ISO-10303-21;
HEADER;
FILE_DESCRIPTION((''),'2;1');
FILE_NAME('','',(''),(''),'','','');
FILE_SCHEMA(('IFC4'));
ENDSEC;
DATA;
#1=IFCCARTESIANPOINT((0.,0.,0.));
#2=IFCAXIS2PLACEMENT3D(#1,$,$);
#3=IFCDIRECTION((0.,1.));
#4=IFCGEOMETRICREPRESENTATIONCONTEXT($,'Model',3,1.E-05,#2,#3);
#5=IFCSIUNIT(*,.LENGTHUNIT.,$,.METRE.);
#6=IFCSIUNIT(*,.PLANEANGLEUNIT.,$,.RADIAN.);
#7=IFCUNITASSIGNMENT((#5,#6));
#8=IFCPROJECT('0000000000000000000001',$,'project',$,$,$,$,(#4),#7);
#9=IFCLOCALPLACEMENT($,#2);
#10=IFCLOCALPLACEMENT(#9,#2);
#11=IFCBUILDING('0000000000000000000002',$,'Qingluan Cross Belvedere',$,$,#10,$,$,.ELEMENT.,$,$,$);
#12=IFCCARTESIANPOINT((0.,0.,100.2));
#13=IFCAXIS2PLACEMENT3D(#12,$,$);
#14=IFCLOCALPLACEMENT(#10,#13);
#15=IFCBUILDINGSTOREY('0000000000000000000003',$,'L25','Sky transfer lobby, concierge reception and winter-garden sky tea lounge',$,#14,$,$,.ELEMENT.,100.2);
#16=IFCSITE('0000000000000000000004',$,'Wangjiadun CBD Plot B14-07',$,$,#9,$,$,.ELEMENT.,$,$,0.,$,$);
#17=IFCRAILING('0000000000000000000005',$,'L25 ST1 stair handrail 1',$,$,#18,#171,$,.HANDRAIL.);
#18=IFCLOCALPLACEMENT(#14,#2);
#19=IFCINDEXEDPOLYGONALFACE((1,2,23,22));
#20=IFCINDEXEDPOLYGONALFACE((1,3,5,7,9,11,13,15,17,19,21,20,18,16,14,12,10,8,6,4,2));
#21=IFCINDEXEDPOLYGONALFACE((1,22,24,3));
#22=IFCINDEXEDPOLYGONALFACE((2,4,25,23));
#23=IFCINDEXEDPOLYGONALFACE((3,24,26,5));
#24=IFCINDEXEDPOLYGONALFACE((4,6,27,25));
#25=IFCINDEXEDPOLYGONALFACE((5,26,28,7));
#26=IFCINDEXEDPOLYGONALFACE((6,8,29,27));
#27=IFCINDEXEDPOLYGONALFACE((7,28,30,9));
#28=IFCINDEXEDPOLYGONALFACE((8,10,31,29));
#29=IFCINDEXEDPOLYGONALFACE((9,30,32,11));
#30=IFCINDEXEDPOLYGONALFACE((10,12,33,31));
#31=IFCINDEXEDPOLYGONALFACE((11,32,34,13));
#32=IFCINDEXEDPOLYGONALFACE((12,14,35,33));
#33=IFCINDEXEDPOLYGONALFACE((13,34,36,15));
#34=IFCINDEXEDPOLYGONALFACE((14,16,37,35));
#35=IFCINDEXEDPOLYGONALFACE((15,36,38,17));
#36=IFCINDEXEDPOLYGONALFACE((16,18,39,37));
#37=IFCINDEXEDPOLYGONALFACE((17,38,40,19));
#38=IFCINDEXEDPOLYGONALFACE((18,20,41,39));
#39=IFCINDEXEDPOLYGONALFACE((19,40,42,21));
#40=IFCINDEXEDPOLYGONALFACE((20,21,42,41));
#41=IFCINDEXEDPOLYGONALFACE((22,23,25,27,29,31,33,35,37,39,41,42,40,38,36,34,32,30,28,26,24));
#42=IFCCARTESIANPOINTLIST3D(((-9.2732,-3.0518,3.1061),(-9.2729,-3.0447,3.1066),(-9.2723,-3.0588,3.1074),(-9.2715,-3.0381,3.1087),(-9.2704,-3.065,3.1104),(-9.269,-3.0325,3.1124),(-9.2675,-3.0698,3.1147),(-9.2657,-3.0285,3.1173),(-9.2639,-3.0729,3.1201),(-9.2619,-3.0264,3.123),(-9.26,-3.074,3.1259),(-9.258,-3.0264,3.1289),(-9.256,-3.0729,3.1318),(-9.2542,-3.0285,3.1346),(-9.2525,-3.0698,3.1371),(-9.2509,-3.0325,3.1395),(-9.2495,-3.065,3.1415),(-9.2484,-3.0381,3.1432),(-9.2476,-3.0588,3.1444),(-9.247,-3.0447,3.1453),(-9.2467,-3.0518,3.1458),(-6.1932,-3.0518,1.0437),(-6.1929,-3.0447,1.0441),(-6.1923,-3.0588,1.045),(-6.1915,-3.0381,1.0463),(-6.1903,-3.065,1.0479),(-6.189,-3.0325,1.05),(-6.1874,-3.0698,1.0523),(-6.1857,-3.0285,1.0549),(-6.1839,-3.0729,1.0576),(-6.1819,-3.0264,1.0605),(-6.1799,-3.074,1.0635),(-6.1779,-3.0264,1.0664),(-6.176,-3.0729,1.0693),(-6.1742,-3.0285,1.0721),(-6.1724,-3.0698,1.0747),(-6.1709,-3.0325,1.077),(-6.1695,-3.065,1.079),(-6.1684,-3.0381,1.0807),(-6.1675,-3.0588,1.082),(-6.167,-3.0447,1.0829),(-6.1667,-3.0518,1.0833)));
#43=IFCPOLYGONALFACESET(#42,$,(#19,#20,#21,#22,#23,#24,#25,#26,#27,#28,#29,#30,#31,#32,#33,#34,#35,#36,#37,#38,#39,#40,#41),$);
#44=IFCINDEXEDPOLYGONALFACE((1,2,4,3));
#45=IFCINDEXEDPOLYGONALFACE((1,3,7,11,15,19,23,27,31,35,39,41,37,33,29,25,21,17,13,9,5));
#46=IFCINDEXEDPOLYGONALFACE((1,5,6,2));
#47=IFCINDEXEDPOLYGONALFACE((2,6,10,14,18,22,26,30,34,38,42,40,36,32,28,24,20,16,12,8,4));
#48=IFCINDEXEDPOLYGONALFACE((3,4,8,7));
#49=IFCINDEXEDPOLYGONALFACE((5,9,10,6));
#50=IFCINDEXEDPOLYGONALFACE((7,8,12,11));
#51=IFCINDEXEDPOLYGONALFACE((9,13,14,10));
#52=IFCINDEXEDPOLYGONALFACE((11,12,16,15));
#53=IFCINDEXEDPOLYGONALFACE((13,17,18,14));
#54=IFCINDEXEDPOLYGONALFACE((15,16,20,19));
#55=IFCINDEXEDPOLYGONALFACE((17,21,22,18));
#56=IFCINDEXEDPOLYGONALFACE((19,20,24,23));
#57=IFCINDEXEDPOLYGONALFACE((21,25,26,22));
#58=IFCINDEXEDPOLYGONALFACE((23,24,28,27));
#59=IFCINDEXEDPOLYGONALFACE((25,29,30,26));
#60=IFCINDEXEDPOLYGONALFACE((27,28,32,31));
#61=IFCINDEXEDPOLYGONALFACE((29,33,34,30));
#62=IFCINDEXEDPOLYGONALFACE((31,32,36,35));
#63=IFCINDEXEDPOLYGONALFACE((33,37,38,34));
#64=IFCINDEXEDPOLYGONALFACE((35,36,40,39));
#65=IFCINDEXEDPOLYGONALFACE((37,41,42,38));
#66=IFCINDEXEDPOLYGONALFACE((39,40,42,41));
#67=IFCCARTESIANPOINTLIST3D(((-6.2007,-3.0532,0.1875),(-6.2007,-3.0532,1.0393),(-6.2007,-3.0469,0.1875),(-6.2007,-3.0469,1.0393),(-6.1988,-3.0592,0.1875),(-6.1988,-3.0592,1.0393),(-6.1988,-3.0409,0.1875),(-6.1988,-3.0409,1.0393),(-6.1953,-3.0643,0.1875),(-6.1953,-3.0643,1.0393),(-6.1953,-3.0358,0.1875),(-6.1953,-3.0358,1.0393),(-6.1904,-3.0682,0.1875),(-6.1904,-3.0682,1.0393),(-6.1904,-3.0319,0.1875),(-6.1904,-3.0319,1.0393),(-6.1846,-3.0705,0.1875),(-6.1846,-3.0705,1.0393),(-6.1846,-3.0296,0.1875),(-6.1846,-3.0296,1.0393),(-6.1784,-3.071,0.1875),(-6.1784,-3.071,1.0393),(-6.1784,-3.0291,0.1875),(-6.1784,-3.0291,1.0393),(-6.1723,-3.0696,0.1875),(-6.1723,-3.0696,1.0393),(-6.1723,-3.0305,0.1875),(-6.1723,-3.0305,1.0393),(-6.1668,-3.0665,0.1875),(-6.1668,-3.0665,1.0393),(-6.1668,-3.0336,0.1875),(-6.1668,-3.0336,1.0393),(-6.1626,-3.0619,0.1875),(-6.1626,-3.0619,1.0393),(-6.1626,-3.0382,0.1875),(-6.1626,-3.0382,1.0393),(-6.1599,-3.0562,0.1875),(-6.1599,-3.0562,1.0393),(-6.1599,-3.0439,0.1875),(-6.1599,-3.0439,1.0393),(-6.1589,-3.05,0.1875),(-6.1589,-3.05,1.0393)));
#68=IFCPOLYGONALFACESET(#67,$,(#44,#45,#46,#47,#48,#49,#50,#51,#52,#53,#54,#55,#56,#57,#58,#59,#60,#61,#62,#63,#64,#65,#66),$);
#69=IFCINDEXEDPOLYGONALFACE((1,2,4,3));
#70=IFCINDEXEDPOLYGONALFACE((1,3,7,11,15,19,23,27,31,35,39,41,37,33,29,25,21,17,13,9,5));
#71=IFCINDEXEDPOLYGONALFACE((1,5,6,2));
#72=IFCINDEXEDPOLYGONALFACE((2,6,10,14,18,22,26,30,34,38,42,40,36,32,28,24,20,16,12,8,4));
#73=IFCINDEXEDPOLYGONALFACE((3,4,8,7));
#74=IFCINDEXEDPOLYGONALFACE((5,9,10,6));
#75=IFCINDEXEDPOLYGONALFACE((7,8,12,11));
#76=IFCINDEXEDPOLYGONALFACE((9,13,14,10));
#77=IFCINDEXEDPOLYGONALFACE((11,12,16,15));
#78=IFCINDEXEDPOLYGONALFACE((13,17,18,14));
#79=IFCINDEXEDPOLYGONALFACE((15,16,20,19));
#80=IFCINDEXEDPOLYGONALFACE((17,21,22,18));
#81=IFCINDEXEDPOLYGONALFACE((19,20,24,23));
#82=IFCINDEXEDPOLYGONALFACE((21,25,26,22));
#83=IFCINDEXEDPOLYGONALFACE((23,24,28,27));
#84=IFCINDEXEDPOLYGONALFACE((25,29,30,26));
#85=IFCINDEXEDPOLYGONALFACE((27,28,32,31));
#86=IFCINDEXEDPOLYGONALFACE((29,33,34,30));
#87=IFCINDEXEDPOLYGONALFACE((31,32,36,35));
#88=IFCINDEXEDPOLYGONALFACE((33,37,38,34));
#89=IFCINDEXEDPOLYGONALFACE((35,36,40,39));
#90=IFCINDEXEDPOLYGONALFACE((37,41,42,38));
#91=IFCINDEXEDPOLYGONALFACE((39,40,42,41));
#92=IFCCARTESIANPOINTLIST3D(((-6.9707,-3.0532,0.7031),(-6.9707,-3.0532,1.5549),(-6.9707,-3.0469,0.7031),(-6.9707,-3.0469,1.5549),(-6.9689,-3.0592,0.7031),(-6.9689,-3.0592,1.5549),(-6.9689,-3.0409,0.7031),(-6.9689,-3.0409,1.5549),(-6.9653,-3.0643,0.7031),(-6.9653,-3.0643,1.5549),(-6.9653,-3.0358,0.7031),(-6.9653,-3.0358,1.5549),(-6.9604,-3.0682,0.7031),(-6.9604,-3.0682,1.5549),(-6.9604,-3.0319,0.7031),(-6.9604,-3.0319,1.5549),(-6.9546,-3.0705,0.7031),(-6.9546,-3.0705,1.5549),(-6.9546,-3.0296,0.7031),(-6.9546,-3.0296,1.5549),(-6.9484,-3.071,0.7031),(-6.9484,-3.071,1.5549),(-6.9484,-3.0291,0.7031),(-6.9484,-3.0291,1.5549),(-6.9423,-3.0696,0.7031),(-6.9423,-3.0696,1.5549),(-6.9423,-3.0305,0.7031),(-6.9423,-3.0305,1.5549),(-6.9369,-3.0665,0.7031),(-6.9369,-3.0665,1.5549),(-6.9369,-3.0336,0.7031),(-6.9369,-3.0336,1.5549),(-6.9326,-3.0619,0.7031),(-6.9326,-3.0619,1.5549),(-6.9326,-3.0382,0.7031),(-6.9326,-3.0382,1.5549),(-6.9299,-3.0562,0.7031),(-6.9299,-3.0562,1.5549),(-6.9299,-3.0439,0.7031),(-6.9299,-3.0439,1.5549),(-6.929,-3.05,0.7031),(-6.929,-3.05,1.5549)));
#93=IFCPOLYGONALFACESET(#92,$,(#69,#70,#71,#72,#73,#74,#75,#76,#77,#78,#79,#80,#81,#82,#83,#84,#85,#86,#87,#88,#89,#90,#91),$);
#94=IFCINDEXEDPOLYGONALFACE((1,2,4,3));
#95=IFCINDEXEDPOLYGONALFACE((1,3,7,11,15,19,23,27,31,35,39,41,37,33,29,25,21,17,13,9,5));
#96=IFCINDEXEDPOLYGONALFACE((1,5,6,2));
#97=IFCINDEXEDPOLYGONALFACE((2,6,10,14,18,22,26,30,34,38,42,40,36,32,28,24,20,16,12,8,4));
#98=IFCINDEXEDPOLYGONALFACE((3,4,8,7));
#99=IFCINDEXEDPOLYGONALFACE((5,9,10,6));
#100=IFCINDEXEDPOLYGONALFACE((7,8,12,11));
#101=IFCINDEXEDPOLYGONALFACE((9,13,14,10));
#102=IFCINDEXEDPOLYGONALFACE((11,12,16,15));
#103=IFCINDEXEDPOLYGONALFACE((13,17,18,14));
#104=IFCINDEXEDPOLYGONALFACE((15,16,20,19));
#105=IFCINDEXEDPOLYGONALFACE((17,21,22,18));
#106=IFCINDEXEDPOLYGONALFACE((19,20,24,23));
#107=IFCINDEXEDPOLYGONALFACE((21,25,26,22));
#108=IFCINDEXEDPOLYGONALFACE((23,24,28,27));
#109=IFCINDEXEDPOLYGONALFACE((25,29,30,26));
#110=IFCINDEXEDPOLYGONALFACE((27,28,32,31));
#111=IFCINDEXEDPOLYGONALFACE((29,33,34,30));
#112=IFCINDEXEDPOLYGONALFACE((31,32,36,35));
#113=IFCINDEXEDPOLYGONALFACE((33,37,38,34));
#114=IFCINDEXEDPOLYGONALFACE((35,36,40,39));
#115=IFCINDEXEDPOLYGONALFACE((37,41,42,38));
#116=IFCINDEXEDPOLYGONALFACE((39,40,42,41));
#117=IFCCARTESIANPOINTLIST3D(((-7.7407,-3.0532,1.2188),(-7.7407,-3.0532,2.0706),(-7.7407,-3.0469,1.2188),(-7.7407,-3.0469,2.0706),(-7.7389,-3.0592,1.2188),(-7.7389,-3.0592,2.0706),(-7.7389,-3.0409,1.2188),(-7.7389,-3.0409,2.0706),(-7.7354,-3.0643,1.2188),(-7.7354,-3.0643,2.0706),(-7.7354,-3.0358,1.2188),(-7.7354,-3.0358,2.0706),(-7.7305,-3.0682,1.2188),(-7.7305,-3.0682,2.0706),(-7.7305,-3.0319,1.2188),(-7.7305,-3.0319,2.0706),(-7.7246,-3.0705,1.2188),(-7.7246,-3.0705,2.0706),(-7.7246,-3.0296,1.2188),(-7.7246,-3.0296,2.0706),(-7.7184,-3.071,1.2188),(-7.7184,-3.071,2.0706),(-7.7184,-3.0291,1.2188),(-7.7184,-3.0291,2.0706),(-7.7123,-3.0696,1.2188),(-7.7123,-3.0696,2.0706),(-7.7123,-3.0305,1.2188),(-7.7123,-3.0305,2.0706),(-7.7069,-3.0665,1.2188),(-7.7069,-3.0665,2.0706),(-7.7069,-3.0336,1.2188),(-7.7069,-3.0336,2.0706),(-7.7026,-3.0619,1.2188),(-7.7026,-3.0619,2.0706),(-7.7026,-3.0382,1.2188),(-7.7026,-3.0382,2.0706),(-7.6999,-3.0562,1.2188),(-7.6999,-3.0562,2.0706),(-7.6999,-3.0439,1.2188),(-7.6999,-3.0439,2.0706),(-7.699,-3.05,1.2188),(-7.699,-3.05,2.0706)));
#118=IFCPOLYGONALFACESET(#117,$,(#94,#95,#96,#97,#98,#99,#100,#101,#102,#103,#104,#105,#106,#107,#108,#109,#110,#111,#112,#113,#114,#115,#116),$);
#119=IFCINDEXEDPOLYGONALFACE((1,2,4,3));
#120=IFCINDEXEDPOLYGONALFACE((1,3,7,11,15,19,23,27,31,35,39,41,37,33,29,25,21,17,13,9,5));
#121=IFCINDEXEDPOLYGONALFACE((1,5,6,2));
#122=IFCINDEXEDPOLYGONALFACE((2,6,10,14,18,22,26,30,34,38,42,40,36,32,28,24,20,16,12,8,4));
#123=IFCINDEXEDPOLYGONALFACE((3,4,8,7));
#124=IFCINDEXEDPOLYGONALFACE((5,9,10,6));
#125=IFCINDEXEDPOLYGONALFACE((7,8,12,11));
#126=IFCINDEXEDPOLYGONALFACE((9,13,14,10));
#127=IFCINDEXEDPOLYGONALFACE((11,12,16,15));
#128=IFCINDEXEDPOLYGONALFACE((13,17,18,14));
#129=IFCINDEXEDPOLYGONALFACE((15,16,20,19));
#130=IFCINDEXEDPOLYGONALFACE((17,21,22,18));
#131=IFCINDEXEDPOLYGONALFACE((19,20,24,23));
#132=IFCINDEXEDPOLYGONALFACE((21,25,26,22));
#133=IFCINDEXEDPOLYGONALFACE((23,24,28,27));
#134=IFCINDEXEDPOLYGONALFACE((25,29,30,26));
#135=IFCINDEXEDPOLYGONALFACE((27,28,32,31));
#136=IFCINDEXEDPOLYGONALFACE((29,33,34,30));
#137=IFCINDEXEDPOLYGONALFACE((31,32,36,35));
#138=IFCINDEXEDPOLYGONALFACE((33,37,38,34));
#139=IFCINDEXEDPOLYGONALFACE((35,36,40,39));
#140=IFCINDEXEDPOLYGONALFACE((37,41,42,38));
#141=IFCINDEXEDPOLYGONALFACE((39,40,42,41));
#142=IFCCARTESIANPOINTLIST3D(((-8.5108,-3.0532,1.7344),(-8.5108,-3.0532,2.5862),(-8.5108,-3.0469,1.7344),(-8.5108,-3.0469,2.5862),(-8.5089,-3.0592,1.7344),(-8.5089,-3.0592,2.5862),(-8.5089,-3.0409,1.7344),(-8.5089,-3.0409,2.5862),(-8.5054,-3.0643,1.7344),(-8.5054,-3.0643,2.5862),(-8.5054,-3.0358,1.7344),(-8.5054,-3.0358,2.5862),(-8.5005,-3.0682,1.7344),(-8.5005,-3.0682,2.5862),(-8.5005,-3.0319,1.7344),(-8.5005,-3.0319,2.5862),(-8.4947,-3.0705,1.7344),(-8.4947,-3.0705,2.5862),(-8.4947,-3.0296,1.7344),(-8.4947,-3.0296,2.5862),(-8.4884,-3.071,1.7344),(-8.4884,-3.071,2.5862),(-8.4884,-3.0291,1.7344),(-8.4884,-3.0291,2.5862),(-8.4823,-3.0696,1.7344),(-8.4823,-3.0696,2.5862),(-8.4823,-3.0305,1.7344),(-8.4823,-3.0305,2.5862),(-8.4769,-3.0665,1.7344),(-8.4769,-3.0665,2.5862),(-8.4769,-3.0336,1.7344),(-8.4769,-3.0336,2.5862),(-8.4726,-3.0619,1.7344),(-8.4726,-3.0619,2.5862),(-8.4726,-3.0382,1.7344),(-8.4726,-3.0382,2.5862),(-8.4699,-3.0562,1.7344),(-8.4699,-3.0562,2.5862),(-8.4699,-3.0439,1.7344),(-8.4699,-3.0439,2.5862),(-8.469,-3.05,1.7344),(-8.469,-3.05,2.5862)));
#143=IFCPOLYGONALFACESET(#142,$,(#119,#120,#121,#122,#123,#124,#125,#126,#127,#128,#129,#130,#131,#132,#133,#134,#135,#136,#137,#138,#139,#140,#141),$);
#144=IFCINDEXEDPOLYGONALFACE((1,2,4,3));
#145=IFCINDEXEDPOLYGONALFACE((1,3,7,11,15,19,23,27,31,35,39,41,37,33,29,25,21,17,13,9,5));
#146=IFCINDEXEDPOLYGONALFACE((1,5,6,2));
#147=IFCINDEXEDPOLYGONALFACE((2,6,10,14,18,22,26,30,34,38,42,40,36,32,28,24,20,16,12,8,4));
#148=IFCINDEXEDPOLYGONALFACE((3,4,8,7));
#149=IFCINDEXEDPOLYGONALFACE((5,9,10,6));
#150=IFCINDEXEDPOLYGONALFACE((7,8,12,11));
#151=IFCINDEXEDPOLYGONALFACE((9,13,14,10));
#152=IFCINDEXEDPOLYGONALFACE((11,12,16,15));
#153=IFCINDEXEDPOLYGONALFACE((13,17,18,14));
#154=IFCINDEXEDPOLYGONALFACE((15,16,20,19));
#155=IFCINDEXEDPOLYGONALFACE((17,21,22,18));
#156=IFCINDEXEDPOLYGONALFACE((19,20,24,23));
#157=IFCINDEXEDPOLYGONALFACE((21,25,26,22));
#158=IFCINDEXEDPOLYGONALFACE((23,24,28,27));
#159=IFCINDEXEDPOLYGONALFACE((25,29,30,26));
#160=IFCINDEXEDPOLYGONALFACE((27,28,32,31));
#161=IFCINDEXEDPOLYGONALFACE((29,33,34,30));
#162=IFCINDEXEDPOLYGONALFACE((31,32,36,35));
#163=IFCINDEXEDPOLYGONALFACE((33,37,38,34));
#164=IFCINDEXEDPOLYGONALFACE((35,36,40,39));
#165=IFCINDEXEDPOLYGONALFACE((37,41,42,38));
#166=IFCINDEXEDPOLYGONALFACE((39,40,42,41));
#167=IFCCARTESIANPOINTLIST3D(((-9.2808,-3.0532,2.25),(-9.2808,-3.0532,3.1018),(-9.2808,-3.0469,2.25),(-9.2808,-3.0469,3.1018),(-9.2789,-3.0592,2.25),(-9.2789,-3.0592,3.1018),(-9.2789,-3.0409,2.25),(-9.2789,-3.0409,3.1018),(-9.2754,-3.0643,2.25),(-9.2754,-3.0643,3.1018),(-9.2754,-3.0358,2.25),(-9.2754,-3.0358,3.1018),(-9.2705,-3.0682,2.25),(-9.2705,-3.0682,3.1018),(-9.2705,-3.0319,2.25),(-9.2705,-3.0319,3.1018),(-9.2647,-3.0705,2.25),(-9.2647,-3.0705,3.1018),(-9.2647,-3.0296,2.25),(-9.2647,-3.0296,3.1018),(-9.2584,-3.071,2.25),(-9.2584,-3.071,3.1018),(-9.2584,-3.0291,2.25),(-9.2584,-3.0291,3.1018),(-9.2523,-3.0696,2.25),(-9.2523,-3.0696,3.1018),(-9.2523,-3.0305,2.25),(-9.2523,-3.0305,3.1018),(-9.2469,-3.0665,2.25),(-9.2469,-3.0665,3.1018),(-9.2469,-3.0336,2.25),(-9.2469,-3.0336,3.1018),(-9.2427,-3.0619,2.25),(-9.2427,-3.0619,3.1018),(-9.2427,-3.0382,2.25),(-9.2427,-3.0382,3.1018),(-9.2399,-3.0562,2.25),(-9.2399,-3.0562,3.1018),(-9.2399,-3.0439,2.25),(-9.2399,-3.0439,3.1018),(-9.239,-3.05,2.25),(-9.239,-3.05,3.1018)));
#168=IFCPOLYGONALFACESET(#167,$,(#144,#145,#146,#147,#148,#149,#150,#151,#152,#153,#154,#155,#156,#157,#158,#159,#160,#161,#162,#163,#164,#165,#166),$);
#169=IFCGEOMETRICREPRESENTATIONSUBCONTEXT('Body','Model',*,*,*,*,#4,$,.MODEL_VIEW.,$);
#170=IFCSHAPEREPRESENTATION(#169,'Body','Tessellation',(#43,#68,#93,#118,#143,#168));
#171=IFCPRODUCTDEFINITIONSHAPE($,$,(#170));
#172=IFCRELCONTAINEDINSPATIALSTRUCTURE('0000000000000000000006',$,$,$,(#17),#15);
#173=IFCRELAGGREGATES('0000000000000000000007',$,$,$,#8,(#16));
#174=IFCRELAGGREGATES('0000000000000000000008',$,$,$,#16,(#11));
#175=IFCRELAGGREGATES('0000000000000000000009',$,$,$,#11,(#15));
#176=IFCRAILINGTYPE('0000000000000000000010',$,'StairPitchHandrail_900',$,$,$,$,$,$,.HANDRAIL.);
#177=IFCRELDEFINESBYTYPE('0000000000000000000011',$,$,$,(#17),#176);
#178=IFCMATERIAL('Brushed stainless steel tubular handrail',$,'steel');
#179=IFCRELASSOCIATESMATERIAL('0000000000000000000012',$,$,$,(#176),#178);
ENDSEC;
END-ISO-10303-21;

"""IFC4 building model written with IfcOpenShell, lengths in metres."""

from ifc_helpers import new_model, si_unit, direction, frame, origin, origin_2d, place, context, subcontext, project, spatial, circle, extrude, material, type_object, element, save


model = new_model("IFC4")

# Units and contexts
model_context = context("Model", 3, precision=1e-05, world=origin(), true_north=direction((0.0, 1.0)))
body_context = subcontext(model_context, "Body", "Model", "MODEL_VIEW")
ifc_project = project(units=[si_unit("LENGTHUNIT", "METRE"), si_unit("PLANEANGLEUNIT", "RADIAN")], contexts=[model_context])

# Site, building, storey
site_placement = place(None, origin())
site = spatial("IfcSite", under=ifc_project, at=site_placement, Name="Wangjiadun CBD Plot B14-07", CompositionType="ELEMENT", RefElevation=0.0)
building_placement = place(site_placement, origin())
building = spatial("IfcBuilding", under=site, at=building_placement, Name="Qingluan Cross Belvedere", CompositionType="ELEMENT")
storey_placement = place(building_placement, frame((0.0, 0.0, 100.2)))
storey = spatial("IfcBuildingStorey", under=building, at=storey_placement, Name="L25", Description="Sky transfer lobby, concierge reception and winter-garden sky tea lounge", CompositionType="ELEMENT", Elevation=100.2)

# Railing
ifc_material_1 = material(Name="Brushed stainless steel tubular handrail", Category="steel")
railing_type_1 = type_object("IfcRailingType", Name="StairPitchHandrail_900", PredefinedType="HANDRAIL", material=ifc_material_1)
railing_1_placement = place(storey_placement, frame((-6.1799, -3.05, 0.1875)))
element("IfcRailing", 1, at=railing_1_placement, inside=storey, type_object=railing_type_1, Name="L25 ST1 stair handrail 1", PredefinedType="HANDRAIL", context=body_context, shape_type="SweptSolid", body=[
    extrude(circle(Radius=0.0239, at=origin_2d()), frame((0.0, 0.0, 0.876), z_axis=(-0.830914, 0.0, 0.556401), x_axis=(0.0, -1.0, 0.0)), (0.0, 0.0, 1.0), 3.7068),
    extrude(circle(Radius=0.021, at=origin_2d()), origin(), (0.0, 0.0, 1.0), 0.8518),
    extrude(circle(Radius=0.021, at=origin_2d()), frame((-0.77, 0.0, 0.5156)), (0.0, 0.0, 1.0), 0.8518),
    extrude(circle(Radius=0.021, at=origin_2d()), frame((-1.54, 0.0, 1.0312)), (0.0, 0.0, 1.0), 0.8518),
    extrude(circle(Radius=0.021, at=origin_2d()), frame((-2.3101, 0.0, 1.5469)), (0.0, 0.0, 1.0), 0.8518),
    extrude(circle(Radius=0.021, at=origin_2d()), frame((-3.0801, 0.0, 2.0625)), (0.0, 0.0, 1.0), 0.8518),
])

save(model, "model.ifc")
